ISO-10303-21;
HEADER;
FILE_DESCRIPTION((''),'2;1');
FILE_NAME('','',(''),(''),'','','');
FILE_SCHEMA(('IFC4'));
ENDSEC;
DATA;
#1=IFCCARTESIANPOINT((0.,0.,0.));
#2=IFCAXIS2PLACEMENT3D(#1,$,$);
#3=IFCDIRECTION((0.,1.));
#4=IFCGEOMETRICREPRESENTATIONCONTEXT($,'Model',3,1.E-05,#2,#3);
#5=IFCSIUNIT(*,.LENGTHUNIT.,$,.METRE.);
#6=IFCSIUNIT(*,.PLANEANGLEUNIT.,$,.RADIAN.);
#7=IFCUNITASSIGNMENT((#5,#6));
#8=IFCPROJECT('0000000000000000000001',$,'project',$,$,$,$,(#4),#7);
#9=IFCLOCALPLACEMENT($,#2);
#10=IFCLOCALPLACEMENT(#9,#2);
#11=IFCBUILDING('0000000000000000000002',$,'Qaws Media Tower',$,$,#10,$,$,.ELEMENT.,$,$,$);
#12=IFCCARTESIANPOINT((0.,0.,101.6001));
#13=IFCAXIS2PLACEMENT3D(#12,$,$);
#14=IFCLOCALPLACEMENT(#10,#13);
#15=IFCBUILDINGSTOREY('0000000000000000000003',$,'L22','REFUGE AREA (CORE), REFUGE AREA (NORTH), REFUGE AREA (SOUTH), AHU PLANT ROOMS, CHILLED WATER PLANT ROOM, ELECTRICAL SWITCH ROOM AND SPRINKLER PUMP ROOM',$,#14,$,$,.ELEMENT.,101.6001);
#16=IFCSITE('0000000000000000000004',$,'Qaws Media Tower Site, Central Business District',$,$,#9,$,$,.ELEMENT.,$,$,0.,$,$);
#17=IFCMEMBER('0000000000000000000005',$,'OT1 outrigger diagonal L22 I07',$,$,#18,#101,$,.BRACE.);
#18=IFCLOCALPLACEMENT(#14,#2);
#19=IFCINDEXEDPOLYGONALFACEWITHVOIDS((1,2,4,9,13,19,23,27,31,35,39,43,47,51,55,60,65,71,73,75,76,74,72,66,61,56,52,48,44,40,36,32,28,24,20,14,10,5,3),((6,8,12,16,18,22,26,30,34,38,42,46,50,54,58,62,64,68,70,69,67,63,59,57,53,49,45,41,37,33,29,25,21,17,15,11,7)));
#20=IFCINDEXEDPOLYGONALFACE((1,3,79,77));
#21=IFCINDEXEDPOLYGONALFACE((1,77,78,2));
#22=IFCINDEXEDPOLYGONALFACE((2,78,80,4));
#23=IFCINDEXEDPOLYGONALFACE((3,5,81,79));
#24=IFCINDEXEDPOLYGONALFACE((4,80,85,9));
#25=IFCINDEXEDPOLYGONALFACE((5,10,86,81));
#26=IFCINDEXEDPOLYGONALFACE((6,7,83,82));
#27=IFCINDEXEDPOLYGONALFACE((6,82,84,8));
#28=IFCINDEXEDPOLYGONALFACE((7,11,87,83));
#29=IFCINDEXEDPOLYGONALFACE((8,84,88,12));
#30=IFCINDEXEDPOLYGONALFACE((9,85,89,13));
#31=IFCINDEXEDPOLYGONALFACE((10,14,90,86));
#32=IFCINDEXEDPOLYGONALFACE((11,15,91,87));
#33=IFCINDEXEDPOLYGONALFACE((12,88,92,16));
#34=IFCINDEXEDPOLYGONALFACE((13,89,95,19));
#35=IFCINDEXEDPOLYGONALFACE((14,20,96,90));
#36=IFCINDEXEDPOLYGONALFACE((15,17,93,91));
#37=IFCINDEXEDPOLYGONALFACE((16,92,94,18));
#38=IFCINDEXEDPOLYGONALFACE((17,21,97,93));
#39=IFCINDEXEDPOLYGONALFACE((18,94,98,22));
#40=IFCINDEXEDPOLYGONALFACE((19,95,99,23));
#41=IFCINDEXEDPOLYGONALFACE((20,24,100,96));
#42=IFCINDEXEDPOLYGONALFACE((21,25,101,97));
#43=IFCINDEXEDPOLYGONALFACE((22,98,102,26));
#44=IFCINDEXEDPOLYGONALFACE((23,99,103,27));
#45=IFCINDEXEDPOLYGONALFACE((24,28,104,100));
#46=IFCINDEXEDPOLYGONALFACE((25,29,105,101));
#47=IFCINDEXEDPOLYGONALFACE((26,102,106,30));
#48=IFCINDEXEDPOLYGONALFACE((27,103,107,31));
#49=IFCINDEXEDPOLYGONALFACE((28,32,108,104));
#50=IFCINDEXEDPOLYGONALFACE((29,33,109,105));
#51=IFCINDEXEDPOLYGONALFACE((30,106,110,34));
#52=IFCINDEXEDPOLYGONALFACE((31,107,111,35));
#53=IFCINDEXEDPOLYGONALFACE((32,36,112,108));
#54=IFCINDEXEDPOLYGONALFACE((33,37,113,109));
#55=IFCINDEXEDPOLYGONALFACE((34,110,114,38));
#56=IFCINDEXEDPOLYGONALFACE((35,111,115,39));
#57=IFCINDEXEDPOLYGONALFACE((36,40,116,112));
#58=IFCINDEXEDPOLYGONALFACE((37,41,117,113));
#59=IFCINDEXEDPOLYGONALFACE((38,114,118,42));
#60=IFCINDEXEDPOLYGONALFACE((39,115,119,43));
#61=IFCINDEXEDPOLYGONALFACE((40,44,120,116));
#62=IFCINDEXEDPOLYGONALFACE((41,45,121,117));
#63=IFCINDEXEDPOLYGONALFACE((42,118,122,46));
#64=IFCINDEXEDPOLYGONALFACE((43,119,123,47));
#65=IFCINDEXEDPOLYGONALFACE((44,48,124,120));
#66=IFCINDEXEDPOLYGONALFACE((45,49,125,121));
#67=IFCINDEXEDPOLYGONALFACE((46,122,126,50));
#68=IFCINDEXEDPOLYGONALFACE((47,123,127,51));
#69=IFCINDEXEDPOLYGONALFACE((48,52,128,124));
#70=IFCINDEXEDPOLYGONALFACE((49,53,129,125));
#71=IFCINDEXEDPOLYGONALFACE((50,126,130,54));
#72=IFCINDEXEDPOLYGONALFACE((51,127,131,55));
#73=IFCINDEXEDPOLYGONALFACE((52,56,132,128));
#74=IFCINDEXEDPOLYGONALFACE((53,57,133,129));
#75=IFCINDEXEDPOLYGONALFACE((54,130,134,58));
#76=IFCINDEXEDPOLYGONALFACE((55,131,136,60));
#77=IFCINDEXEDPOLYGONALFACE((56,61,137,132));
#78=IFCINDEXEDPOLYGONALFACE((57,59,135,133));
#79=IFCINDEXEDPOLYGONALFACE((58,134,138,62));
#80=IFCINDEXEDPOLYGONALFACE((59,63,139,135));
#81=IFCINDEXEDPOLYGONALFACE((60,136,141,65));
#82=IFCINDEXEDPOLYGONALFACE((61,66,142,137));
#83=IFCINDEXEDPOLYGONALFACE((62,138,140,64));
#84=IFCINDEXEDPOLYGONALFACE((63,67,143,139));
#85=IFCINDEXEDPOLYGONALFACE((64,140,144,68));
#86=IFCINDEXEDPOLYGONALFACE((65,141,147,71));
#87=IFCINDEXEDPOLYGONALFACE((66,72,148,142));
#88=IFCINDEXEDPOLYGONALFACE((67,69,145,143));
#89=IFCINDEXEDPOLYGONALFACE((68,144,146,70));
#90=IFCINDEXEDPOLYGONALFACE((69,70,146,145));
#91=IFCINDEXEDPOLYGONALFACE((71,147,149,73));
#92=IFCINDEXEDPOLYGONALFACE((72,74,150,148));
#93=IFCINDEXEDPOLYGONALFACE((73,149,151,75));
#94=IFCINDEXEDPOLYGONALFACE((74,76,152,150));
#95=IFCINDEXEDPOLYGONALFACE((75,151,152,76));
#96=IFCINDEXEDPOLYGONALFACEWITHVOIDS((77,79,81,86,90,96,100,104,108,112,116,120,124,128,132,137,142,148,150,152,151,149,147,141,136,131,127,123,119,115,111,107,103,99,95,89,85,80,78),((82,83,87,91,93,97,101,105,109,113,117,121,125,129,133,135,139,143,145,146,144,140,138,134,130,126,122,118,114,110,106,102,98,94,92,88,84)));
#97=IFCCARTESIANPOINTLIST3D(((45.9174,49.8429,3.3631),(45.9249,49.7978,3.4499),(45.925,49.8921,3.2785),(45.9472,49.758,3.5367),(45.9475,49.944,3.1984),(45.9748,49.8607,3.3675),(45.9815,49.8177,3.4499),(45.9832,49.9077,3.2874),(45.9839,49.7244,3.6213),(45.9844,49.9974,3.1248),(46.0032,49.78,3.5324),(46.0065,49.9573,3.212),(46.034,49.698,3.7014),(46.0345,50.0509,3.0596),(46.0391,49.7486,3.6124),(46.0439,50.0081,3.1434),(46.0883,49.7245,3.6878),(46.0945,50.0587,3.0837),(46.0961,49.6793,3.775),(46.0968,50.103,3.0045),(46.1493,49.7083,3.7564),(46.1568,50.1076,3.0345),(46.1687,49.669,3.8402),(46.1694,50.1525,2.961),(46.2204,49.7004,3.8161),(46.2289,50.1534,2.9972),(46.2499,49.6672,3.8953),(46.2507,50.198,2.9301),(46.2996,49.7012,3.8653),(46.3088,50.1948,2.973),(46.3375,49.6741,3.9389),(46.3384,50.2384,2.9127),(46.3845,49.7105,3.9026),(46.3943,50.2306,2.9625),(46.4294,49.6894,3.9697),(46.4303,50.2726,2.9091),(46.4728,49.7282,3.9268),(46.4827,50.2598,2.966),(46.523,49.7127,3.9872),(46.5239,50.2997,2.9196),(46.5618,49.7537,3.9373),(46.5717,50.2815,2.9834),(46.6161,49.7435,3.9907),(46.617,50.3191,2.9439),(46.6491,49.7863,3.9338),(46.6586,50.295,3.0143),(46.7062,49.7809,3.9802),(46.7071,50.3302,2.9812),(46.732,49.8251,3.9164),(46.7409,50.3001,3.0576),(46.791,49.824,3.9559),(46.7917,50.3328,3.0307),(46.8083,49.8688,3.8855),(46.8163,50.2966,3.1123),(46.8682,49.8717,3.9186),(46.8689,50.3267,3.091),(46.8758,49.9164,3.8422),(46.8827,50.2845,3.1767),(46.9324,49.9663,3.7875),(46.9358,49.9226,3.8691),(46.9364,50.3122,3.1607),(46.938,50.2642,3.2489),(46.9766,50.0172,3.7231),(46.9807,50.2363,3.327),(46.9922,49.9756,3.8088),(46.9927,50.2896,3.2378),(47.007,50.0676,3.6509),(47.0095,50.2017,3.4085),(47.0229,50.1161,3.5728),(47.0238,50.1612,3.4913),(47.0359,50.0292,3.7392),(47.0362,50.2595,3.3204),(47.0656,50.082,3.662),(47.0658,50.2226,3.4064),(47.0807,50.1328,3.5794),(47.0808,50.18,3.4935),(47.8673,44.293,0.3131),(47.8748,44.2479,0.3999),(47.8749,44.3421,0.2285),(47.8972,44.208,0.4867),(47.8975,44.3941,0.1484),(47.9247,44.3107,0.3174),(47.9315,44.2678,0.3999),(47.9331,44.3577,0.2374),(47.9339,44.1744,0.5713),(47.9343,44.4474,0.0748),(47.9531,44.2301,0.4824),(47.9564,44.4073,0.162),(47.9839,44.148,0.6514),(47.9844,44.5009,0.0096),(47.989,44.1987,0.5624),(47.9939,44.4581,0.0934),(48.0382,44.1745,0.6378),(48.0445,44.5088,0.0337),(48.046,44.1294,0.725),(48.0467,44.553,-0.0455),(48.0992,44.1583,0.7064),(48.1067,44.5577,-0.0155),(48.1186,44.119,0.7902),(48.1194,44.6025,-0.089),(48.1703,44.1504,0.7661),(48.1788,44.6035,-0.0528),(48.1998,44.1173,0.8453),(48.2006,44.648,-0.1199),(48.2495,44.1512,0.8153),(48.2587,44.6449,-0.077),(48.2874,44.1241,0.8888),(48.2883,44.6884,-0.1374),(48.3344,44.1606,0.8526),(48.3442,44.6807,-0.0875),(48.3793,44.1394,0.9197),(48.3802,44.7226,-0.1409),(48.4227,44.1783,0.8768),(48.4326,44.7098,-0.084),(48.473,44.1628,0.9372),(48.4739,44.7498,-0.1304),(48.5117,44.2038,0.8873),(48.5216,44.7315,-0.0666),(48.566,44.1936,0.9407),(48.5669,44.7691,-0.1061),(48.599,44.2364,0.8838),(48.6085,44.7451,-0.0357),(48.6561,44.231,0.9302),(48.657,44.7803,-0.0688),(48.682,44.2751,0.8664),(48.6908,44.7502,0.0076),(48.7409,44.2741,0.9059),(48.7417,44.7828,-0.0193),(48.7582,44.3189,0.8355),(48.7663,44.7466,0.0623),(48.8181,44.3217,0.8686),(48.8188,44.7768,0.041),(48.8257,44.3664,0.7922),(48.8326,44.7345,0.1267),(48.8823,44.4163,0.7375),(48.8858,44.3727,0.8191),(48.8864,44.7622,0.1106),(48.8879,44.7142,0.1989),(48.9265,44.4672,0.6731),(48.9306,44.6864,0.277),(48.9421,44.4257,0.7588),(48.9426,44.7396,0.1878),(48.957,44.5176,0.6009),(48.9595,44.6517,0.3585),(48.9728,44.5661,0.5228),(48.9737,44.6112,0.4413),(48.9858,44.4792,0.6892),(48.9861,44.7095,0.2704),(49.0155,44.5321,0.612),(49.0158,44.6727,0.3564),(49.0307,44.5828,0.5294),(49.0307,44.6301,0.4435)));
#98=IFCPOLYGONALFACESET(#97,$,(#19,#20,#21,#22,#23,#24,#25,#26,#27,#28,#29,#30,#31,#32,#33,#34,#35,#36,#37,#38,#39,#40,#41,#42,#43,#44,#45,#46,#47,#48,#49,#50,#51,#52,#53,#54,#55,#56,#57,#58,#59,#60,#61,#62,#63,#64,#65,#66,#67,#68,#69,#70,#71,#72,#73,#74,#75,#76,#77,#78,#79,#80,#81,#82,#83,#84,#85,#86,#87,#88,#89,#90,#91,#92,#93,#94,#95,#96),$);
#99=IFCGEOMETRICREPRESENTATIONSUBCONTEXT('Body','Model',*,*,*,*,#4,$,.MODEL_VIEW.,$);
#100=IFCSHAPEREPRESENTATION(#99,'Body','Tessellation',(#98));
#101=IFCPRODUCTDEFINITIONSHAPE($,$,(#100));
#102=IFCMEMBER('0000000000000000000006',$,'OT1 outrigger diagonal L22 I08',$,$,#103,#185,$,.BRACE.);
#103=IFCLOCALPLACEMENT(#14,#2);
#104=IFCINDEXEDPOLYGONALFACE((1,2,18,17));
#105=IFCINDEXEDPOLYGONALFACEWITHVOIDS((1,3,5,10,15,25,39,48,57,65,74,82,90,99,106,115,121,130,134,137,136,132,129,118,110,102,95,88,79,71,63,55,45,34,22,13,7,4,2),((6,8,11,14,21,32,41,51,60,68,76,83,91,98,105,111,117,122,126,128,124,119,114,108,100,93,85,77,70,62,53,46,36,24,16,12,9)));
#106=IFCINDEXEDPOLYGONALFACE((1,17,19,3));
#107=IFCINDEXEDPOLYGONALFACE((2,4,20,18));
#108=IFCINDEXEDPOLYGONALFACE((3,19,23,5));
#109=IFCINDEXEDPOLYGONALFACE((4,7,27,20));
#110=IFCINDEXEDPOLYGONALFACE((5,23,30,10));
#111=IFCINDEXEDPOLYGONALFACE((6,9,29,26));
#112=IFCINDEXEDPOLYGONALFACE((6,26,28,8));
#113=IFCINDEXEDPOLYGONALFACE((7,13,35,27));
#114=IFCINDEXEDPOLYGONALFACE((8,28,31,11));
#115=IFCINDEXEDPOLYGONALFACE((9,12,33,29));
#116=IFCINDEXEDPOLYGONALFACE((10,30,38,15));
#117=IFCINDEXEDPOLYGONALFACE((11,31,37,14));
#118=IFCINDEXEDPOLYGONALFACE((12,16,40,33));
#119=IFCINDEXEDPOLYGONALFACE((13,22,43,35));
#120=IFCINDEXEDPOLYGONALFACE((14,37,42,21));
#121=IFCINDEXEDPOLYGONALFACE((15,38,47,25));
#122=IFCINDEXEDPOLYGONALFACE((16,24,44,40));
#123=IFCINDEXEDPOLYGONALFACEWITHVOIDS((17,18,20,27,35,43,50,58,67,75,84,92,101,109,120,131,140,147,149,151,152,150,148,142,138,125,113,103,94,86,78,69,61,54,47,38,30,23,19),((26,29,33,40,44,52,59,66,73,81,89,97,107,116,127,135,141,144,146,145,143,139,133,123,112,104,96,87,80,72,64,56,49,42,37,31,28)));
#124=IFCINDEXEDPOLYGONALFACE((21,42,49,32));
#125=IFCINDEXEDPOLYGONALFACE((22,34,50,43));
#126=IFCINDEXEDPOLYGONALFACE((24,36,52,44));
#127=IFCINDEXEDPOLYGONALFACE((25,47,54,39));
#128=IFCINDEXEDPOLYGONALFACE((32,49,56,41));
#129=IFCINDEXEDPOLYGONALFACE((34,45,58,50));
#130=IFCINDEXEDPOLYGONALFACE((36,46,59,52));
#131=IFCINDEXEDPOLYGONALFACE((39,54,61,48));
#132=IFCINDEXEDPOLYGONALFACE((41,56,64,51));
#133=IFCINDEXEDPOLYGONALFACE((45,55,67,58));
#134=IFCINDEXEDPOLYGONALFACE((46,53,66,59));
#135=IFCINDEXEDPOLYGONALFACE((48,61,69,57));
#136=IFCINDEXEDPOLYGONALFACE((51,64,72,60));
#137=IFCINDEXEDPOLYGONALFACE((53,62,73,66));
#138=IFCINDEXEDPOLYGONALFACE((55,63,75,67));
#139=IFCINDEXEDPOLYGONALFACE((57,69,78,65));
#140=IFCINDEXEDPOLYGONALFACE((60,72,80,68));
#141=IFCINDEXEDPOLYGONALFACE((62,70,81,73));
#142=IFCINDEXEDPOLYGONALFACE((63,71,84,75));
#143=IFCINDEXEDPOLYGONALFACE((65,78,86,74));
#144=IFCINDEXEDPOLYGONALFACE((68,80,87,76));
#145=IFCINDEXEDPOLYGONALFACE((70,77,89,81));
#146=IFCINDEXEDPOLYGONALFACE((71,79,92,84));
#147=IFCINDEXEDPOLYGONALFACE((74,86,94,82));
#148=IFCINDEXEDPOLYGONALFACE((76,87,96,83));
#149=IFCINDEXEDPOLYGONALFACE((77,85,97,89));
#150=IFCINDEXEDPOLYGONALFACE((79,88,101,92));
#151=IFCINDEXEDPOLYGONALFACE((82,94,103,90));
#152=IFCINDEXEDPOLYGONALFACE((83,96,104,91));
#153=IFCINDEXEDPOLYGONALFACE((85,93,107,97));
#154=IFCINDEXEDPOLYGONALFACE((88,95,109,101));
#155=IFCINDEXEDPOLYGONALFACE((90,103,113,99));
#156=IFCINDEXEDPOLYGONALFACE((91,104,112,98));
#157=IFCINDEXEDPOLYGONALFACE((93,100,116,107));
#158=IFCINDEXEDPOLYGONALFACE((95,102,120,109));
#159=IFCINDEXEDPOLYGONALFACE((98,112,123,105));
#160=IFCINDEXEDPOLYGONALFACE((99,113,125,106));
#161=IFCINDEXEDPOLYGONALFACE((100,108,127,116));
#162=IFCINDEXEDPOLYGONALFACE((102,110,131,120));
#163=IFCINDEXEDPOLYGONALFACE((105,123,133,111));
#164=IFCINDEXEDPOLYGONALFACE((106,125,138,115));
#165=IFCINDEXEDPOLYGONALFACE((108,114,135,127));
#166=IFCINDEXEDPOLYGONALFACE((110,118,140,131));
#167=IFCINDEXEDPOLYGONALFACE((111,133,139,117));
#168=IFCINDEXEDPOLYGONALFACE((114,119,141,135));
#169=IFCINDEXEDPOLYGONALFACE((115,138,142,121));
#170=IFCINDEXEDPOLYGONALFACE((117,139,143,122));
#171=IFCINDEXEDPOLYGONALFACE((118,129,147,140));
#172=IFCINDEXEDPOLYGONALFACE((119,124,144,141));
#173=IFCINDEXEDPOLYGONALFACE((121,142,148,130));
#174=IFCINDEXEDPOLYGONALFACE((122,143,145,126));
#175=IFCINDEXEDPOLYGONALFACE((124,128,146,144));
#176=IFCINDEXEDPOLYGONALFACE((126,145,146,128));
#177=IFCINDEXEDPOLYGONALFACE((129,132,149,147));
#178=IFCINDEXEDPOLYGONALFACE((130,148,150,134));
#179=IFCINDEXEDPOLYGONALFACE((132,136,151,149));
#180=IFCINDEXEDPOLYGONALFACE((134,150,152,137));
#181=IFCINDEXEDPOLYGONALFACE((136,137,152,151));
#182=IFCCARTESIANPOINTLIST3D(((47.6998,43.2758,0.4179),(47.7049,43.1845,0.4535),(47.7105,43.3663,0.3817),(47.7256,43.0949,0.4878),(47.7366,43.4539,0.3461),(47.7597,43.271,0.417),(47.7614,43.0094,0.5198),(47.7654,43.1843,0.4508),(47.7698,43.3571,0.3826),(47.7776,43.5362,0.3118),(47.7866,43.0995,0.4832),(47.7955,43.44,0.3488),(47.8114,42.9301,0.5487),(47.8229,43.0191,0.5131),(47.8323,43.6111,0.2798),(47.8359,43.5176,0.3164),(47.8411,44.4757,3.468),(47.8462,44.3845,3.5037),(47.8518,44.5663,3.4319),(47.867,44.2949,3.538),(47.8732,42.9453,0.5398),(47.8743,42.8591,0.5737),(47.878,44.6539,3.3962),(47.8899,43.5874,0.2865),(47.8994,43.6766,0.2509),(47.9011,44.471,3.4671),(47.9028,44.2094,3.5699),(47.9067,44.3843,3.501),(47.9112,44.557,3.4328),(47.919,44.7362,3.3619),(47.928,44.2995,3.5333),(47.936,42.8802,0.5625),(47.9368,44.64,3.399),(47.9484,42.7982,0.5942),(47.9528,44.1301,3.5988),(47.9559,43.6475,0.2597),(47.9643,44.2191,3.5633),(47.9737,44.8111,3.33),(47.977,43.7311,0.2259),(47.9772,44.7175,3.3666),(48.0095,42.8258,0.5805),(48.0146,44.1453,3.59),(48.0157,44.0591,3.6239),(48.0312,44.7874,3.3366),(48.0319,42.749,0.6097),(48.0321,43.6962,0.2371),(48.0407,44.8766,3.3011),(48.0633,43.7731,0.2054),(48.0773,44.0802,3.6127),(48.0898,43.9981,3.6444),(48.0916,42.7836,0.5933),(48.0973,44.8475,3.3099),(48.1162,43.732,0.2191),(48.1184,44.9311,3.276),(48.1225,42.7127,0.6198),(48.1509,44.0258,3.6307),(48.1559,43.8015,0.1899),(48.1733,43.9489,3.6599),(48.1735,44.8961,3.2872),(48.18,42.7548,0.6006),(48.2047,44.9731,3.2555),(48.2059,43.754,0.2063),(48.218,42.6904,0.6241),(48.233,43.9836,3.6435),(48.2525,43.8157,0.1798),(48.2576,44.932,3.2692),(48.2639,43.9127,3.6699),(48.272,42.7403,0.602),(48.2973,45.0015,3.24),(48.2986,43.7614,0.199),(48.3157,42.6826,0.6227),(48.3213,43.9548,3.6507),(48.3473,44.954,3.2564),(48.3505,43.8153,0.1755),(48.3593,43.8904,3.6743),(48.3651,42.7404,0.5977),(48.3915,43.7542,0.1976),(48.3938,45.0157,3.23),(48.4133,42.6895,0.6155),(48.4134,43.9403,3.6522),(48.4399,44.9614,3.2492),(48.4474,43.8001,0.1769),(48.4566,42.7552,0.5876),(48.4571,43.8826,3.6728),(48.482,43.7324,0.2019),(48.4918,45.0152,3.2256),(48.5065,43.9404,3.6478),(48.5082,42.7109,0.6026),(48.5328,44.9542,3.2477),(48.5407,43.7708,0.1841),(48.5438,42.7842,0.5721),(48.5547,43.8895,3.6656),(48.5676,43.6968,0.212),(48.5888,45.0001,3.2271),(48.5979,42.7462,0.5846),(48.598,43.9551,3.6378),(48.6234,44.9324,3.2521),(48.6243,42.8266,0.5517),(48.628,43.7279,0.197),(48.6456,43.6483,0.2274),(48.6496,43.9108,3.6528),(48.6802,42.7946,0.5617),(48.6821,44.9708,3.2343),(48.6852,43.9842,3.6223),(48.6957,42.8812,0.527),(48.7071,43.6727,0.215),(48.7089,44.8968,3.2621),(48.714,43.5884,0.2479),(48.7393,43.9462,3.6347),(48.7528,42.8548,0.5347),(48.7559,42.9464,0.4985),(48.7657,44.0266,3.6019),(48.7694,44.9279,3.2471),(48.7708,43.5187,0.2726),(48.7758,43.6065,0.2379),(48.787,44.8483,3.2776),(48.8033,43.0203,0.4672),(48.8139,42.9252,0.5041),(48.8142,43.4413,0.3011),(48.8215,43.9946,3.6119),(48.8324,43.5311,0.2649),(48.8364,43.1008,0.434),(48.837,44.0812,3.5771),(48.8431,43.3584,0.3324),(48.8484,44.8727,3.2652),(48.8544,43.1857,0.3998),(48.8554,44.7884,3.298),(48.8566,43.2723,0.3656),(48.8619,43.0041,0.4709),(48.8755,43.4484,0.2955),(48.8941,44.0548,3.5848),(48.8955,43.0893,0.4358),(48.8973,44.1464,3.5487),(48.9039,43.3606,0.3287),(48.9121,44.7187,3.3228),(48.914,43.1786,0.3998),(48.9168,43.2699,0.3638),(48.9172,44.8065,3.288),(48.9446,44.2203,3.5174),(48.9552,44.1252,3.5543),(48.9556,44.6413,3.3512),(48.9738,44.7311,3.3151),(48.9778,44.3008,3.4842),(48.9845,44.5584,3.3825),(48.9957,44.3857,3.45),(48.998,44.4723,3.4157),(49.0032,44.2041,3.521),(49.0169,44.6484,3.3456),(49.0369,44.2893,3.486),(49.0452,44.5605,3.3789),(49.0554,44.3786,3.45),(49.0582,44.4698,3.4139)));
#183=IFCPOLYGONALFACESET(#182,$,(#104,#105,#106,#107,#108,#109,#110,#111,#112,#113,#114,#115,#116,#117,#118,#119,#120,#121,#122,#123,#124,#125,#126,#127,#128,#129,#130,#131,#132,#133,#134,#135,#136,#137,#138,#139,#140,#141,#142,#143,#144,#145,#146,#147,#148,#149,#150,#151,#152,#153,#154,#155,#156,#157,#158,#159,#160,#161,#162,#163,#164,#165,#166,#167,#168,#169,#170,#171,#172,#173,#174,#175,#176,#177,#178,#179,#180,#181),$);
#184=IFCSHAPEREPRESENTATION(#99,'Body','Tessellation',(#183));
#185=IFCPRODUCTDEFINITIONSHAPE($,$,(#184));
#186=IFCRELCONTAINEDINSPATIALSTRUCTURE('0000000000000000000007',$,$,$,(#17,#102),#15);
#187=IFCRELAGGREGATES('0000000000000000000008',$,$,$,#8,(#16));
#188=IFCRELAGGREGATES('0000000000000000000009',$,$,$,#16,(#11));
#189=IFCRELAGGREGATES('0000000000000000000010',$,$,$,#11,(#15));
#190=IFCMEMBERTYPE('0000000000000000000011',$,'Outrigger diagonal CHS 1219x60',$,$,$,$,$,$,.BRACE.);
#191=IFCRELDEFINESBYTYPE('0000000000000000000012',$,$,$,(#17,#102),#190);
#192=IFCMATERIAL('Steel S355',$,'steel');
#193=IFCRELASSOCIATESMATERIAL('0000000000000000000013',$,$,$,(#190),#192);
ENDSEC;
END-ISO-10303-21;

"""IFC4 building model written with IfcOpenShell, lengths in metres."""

from ifc_helpers import new_model, si_unit, direction, frame, origin, origin_2d, place, context, subcontext, project, spatial, hollow_circle, extrude, material, material_profile, profile_set, type_object, element, save


model = new_model("IFC4")

# Units and contexts
model_context = context("Model", 3, precision=1e-05, world=origin(), true_north=direction((0.0, 1.0)))
body_context = subcontext(model_context, "Body", "Model", "MODEL_VIEW")
ifc_project = project(units=[si_unit("LENGTHUNIT", "METRE"), si_unit("PLANEANGLEUNIT", "RADIAN")], contexts=[model_context])

# Site, building, storey
site_placement = place(None, origin())
site = spatial("IfcSite", under=ifc_project, at=site_placement, Name="Qaws Media Tower Site, Central Business District", CompositionType="ELEMENT", RefElevation=0.0)
building_placement = place(site_placement, origin())
building = spatial("IfcBuilding", under=site, at=building_placement, Name="Qaws Media Tower", CompositionType="ELEMENT")
storey_placement = place(building_placement, frame((0.0, 0.0, 101.6001)))
storey = spatial("IfcBuildingStorey", under=building, at=storey_placement, Name="L22", Description="REFUGE AREA (CORE), REFUGE AREA (NORTH), REFUGE AREA (SOUTH), AHU PLANT ROOMS, CHILLED WATER PLANT ROOM, ELECTRICAL SWITCH ROOM AND SPRINKLER PUMP ROOM", CompositionType="ELEMENT", Elevation=101.6001)

# Members
ifc_material_1 = material(Name="Steel S355", Category="steel")
ifc_material_profile_1 = material_profile(ifc_material_1, hollow_circle(Radius=0.6096, WallThickness=0.0601, at=origin_2d()), Name="CHS 1219x60")
ifc_profile_set_1 = profile_set([ifc_material_profile_1], Name="Steel S355")
member_type_1 = type_object("IfcMemberType", Name="Outrigger diagonal CHS 1219x60", PredefinedType="BRACE", material=ifc_profile_set_1)
member_1_placement = place(storey_placement, frame((48.45, 44.45, 0.3999), z_axis=(-0.294274, 0.837576, 0.460293), x_axis=(-0.943464, -0.331476, 0.0)))
element("IfcMember", 1, at=member_1_placement, inside=storey, type_object=member_type_1, Name="OT1 outrigger diagonal L22 I07", PredefinedType="BRACE", context=body_context, shape_type="SweptSolid", body=[
    extrude(hollow_circle(Radius=0.6096, WallThickness=0.0601, at=origin_2d()), origin(), (0.0, 0.0, 1.0), 6.6262),
])
member_2_placement = place(storey_placement, frame((48.45, 44.45, 3.45), z_axis=(-0.043088, -0.365766, -0.929709), x_axis=(0.993133, -0.116994, 0.0)))
element("IfcMember", 2, at=member_2_placement, inside=storey, type_object=member_type_1, Name="OT1 outrigger diagonal L22 I08", PredefinedType="BRACE", context=body_context, shape_type="SweptSolid", body=[
    extrude(hollow_circle(Radius=0.6096, WallThickness=0.0601, at=origin_2d()), origin(), (0.0, 0.0, 1.0), 3.2808),
])

save(model, "model.ifc")
